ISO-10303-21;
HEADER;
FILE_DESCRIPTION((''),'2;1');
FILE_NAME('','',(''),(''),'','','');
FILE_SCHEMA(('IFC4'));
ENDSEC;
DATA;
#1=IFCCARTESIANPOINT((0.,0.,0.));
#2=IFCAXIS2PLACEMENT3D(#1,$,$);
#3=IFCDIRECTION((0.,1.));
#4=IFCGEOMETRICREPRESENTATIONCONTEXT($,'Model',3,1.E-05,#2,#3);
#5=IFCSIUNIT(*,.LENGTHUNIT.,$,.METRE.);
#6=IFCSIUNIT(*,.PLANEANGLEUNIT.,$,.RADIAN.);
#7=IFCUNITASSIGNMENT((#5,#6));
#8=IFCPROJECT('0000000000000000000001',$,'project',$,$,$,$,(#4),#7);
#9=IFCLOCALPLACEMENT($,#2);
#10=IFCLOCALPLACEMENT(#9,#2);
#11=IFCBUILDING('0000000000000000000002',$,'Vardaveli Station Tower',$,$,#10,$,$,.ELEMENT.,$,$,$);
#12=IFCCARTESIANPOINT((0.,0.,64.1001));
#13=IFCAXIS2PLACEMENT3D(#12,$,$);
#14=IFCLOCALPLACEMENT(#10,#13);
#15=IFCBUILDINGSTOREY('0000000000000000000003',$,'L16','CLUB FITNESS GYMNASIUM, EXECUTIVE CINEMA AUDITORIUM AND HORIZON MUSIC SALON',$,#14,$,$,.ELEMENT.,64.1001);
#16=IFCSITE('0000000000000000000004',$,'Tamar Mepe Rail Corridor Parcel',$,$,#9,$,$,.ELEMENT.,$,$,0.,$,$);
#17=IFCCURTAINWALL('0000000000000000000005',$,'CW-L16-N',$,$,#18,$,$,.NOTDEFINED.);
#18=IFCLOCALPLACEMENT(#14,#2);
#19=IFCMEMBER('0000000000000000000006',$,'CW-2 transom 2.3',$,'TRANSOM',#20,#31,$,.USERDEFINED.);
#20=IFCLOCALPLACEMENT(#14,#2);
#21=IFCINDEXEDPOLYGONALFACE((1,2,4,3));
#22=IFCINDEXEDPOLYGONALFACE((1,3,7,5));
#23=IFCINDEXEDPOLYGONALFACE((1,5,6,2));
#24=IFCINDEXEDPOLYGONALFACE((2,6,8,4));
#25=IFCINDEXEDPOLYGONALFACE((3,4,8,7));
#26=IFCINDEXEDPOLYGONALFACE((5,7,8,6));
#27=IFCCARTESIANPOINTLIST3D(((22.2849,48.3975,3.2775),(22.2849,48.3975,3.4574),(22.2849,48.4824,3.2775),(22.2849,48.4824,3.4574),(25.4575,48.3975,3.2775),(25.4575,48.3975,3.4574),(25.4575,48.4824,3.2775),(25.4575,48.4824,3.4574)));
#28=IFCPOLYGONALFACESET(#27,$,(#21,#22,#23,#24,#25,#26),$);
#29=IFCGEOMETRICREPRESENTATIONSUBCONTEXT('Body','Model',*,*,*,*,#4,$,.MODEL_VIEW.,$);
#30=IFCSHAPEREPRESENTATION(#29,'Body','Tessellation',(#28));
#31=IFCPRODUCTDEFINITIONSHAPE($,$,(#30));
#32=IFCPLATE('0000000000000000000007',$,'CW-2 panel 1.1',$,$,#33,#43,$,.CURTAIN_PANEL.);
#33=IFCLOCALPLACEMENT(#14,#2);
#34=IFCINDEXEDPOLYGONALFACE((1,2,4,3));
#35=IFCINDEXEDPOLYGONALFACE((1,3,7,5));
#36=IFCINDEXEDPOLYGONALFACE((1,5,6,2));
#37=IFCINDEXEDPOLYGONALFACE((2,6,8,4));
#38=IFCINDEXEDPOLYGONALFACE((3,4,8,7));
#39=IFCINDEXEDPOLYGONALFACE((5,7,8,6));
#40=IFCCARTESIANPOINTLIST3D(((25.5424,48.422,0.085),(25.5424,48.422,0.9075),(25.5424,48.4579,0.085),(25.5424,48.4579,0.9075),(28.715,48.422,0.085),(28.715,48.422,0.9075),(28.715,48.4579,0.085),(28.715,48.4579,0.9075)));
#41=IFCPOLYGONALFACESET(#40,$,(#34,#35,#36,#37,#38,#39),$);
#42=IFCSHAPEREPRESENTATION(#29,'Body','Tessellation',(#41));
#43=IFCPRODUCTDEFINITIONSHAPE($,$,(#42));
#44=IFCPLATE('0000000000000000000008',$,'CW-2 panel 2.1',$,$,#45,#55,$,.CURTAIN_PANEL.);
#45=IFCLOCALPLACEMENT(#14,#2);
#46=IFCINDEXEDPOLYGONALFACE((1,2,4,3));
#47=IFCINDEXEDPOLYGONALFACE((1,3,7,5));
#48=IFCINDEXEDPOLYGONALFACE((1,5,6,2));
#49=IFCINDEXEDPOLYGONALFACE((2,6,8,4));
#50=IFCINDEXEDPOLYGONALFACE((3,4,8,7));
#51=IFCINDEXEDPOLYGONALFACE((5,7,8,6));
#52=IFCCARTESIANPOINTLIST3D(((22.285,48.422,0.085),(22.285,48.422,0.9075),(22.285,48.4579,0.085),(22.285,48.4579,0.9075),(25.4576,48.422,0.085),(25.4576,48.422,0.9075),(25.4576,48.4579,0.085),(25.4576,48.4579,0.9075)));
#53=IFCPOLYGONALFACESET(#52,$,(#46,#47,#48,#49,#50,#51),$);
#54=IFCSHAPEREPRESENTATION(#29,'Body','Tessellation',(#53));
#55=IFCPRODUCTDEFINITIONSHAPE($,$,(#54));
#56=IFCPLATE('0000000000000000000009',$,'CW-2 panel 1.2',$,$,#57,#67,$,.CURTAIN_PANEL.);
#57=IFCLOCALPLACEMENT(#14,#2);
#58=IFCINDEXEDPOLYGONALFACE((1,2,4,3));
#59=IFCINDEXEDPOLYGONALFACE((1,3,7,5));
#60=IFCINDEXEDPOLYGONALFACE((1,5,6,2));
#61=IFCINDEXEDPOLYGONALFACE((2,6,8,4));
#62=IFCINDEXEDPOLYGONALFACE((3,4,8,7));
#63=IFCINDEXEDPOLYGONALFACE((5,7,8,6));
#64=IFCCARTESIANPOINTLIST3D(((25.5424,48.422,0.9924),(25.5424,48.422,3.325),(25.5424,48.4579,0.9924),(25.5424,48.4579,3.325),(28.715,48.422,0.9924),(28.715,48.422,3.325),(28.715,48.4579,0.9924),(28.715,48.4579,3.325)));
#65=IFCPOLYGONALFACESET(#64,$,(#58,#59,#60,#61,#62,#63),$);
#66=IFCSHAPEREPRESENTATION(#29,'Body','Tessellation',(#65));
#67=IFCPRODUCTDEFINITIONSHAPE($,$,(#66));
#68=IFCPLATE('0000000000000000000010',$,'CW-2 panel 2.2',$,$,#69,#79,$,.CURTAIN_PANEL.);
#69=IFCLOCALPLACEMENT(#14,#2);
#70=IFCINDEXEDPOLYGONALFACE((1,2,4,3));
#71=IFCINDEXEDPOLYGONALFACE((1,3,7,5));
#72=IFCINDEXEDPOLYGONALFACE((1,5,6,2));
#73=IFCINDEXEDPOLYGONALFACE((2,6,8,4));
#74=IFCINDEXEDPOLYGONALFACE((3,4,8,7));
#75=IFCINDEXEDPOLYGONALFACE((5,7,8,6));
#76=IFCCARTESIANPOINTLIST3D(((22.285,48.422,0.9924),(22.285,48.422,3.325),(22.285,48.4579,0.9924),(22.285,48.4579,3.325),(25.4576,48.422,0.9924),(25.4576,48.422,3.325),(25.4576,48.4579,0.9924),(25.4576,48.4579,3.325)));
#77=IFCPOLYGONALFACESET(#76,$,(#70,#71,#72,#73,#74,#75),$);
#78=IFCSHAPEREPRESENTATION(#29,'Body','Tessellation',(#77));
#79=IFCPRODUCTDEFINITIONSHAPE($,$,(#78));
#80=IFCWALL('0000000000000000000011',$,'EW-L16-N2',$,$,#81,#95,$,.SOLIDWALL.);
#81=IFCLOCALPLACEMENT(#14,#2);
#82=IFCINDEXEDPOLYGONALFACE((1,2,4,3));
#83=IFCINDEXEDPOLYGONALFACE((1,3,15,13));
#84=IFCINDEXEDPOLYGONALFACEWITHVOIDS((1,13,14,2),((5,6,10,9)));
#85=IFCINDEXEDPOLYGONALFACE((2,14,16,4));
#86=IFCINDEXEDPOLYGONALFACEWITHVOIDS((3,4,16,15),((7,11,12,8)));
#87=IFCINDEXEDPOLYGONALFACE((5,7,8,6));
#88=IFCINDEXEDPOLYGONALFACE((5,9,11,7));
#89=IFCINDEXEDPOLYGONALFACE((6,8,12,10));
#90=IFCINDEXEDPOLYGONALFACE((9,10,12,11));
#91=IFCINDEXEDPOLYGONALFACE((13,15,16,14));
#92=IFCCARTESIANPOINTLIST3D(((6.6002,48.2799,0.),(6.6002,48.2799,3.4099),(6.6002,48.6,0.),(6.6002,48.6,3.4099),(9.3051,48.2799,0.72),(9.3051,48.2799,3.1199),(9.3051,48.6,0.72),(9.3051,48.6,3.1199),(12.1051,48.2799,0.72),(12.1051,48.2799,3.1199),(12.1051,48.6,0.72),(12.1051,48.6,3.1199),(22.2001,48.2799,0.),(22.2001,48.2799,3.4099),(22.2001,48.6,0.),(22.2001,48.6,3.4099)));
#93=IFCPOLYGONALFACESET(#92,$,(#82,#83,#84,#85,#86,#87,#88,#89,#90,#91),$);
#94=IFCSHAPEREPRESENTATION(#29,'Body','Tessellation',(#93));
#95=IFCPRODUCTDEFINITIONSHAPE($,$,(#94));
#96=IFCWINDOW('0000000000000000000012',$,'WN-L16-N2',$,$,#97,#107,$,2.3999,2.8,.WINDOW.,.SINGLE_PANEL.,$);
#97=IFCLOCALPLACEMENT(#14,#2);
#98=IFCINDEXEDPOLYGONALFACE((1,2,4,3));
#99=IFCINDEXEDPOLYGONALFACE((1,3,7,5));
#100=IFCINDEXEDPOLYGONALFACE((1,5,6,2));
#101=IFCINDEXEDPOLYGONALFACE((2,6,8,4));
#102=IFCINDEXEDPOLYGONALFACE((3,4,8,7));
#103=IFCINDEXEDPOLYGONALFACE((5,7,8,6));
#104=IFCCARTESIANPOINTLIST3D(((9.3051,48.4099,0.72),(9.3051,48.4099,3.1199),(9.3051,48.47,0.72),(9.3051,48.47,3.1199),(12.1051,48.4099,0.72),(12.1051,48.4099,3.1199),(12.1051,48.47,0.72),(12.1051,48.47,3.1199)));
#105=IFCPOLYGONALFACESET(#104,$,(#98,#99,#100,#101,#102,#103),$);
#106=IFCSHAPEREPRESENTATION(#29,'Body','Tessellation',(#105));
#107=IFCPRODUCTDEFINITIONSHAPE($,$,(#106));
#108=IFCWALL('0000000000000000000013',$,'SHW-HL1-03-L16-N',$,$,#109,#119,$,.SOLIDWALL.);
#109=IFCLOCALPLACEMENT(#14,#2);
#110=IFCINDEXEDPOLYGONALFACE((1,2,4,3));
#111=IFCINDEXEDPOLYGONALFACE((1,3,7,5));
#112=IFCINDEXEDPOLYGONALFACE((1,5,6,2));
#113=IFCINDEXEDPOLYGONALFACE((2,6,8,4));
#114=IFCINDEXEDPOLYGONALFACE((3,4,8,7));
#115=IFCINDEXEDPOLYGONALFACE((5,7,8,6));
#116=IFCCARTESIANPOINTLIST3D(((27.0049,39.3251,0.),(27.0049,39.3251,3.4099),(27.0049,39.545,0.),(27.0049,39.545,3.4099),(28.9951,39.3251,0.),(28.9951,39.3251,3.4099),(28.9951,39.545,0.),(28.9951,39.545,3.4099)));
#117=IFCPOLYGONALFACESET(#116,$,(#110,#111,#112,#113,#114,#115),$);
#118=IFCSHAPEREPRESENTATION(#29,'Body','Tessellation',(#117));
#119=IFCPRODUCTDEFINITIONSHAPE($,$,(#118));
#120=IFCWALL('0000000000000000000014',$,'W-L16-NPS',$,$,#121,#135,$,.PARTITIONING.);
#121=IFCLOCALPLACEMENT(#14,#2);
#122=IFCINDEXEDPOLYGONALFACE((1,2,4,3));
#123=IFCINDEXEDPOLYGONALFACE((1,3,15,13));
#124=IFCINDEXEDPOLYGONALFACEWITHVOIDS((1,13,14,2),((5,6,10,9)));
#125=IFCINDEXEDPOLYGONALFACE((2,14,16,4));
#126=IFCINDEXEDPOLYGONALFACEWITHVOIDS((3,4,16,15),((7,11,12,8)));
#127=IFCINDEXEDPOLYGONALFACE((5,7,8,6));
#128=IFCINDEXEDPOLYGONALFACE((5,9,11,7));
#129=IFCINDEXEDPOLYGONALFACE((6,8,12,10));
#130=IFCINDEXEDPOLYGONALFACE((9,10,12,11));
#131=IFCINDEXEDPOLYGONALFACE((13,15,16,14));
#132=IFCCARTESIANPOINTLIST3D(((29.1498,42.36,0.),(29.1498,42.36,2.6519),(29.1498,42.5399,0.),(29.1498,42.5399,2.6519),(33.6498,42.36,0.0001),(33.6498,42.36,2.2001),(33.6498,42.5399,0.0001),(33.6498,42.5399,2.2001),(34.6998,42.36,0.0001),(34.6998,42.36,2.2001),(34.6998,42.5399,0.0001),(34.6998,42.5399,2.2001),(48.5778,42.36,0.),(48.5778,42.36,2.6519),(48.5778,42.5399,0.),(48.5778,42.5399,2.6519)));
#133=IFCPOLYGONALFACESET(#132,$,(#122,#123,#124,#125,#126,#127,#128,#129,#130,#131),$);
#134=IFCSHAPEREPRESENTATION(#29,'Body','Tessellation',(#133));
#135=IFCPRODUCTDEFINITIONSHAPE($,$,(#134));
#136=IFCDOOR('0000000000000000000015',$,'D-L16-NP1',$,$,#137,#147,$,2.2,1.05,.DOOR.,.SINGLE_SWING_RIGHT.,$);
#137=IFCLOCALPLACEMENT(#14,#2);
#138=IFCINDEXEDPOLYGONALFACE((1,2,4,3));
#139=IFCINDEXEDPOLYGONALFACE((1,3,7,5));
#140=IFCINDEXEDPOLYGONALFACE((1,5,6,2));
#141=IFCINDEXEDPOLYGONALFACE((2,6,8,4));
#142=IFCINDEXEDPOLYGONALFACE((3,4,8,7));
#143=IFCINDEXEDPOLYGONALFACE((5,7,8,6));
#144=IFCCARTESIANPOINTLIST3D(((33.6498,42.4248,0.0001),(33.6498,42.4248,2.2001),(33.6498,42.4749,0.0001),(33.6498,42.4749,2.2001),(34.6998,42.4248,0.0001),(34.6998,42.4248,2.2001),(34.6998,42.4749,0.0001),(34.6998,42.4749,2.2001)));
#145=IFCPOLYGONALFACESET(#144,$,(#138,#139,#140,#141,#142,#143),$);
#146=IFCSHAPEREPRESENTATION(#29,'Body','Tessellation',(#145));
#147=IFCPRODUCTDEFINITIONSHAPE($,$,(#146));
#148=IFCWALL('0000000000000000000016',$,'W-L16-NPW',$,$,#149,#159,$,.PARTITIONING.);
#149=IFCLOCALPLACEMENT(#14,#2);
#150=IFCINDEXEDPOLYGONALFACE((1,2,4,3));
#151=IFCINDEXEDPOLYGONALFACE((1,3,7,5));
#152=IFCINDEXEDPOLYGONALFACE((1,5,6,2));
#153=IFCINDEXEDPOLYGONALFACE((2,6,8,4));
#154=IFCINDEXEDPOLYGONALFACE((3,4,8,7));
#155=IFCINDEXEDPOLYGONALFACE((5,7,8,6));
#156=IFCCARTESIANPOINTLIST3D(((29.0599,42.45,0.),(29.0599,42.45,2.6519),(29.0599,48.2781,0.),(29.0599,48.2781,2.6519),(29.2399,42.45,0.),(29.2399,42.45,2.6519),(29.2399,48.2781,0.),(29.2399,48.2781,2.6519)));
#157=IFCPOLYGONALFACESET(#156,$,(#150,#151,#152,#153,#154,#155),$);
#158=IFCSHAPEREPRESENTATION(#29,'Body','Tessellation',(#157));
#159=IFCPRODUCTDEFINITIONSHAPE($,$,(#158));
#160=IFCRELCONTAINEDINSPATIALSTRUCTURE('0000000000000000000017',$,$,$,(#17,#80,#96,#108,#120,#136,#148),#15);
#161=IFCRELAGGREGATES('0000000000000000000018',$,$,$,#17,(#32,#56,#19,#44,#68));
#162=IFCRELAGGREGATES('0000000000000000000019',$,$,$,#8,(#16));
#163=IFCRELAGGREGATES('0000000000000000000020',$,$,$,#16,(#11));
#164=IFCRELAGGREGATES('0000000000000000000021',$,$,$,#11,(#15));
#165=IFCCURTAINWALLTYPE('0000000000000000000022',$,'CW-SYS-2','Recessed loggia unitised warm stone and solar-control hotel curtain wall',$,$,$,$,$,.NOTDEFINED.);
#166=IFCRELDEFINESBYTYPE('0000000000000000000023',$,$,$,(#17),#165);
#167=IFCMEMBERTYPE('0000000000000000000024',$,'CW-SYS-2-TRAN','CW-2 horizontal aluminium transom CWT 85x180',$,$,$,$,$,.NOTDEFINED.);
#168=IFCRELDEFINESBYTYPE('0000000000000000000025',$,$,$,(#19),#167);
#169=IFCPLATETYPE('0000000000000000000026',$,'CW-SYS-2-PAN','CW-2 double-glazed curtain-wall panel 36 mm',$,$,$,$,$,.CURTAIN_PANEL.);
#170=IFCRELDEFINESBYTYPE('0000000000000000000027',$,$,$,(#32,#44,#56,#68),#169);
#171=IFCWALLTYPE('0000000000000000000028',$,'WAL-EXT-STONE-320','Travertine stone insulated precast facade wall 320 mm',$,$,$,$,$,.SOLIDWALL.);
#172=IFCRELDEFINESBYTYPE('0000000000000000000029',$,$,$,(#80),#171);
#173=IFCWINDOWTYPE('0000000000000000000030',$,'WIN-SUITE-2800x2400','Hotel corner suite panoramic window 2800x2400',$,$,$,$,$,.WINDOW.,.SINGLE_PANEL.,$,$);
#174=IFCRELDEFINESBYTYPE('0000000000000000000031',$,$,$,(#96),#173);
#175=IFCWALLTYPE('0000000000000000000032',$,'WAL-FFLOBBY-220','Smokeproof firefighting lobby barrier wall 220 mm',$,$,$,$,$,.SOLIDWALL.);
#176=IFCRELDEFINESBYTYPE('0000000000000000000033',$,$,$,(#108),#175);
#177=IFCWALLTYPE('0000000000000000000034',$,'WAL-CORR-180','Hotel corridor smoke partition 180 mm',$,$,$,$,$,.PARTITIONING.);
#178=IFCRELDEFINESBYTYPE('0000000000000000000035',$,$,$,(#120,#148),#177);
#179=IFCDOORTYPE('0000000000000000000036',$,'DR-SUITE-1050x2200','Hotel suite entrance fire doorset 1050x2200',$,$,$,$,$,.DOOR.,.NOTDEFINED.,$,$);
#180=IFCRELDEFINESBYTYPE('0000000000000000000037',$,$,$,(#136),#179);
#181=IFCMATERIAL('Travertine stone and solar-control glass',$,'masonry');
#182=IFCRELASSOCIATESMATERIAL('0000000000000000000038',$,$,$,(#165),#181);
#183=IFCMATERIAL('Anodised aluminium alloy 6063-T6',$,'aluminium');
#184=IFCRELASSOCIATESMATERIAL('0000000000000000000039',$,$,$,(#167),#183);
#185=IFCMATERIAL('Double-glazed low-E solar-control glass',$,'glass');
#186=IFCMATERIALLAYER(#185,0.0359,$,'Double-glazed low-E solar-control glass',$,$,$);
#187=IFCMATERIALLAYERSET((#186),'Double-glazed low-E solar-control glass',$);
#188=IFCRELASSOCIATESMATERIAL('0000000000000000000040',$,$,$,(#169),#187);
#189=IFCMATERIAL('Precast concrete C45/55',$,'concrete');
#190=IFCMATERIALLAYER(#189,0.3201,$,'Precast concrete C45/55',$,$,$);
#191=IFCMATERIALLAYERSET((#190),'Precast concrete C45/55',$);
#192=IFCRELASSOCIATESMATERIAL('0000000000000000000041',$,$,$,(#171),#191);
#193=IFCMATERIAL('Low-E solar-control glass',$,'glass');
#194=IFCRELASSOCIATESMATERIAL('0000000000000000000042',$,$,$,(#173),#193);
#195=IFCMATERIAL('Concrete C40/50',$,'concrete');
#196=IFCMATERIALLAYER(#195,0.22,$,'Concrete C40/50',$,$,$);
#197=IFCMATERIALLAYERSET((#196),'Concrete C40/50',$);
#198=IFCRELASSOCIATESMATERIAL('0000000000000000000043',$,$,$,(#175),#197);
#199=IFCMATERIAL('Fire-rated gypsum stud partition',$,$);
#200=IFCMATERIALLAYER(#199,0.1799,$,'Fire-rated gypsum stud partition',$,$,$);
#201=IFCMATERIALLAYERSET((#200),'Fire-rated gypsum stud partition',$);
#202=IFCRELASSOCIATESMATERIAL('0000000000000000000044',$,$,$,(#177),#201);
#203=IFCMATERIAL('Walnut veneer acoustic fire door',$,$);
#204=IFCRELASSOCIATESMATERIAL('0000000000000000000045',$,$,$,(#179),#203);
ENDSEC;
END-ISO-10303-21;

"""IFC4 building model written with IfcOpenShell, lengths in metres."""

from ifc_helpers import new_model, si_unit, direction, frame, frame_2d, origin, origin_2d, place, context, subcontext, project, spatial, rectangle, extrude, source, transform, mapped, material, layer, layer_set, material_profile, profile_set, type_object, element, fill, aggregate, save


model = new_model("IFC4")

# Units and contexts
model_context = context("Model", 3, precision=1e-05, world=origin(), true_north=direction((0.0, 1.0)))
body_context = subcontext(model_context, "Body", "Model", "MODEL_VIEW")
ifc_project = project(units=[si_unit("LENGTHUNIT", "METRE"), si_unit("PLANEANGLEUNIT", "RADIAN")], contexts=[model_context])

# Site, building, storey
site_placement = place(None, origin())
site = spatial("IfcSite", under=ifc_project, at=site_placement, Name="Tamar Mepe Rail Corridor Parcel", CompositionType="ELEMENT", RefElevation=0.0)
building_placement = place(site_placement, origin())
building = spatial("IfcBuilding", under=site, at=building_placement, Name="Vardaveli Station Tower", CompositionType="ELEMENT")
storey_placement = place(building_placement, frame((0.0, 0.0, 64.1001)))
storey = spatial("IfcBuildingStorey", under=building, at=storey_placement, Name="L16", Description="CLUB FITNESS GYMNASIUM, EXECUTIVE CINEMA AUDITORIUM AND HORIZON MUSIC SALON", CompositionType="ELEMENT", Elevation=64.1001)

# Shared definitions
ifc_material_1 = material(Name="Precast concrete C45/55", Category="concrete")

# Curtain wall, member, plates
ifc_material_2 = material(Name="Travertine stone and solar-control glass", Category="masonry")
curtain_wall_type = type_object("IfcCurtainWallType", Name="CW-SYS-2", Description="Recessed loggia unitised warm stone and solar-control hotel curtain wall", PredefinedType="NOTDEFINED", material=ifc_material_2)
curtain_wall_placement = place(storey_placement, origin())
curtain_wall = element("IfcCurtainWall", 1, at=curtain_wall_placement, inside=storey, type_object=curtain_wall_type, Name="CW-L16-N", PredefinedType="NOTDEFINED")
ifc_material_3 = material(Name="Anodised aluminium alloy 6063-T6", Category="aluminium")
ifc_material_profile_1 = material_profile(ifc_material_3, rectangle(XDim=0.085, YDim=0.1799, at=origin_2d()), Name="CWT 85x180")
ifc_profile_set_1 = profile_set([ifc_material_profile_1], Name="Anodised aluminium alloy 6063-T6")
member_type_1 = type_object("IfcMemberType", Name="CW-SYS-2-TRAN", Description="CW-2 horizontal aluminium transom CWT 85x180", PredefinedType="NOTDEFINED", material=ifc_profile_set_1)
shared_shape_1 = source(origin(), body_context, "Body", "SweptSolid", [
    extrude(rectangle(XDim=0.085, YDim=0.1799, at=origin_2d()), origin(), (0.0, 0.0, 1.0), 3.1726),
])
member_1_placement = place(storey_placement, frame((25.4575, 48.4399, 3.3674), z_axis=(-1.0, 0.0, 0.0), x_axis=(0.0, -1.0, 0.0)))
member_1 = element("IfcMember", 2, at=member_1_placement, type_object=member_type_1, Name="CW-2 transom 2.3", ObjectType="TRANSOM", PredefinedType="USERDEFINED", context=body_context, shape_type="MappedRepresentation", body=[
    mapped(shared_shape_1, transform((0.0, 0.0, 0.0), scale=1.0)),
])
ifc_material_4 = material(Name="Double-glazed low-E solar-control glass", Category="glass")
ifc_layer_1 = layer(ifc_material_4, 0.0359, Name="Double-glazed low-E solar-control glass")
ifc_layer_set_1 = layer_set([ifc_layer_1], Name="Double-glazed low-E solar-control glass")
plate_type = type_object("IfcPlateType", Name="CW-SYS-2-PAN", Description="CW-2 double-glazed curtain-wall panel 36 mm", PredefinedType="CURTAIN_PANEL", material=ifc_layer_set_1)
shared_shape_2 = source(origin(), body_context, "Body", "SweptSolid", [
    extrude(rectangle(XDim=3.1726, YDim=0.0359, at=origin_2d()), origin(), (0.0, 0.0, 1.0), 0.8225),
])
plate_1_placement = place(storey_placement, frame((27.1287, 48.4399, 0.085), z_axis=(0.0, 0.0, 1.0), x_axis=(-1.0, 0.0, 0.0)))
plate_1 = element("IfcPlate", 3, at=plate_1_placement, type_object=plate_type, Name="CW-2 panel 1.1", PredefinedType="CURTAIN_PANEL", context=body_context, shape_type="MappedRepresentation", body=[
    mapped(shared_shape_2, transform((0.0, 0.0, 0.0), scale=1.0)),
])
plate_2_placement = place(storey_placement, frame((23.8713, 48.4399, 0.085), z_axis=(0.0, 0.0, 1.0), x_axis=(-1.0, 0.0, 0.0)))
plate_2 = element("IfcPlate", 4, at=plate_2_placement, type_object=plate_type, Name="CW-2 panel 2.1", PredefinedType="CURTAIN_PANEL", context=body_context, shape_type="MappedRepresentation", body=[
    mapped(shared_shape_2, transform((0.0, 0.0, 0.0), scale=1.0)),
])
shared_shape_3 = source(origin(), body_context, "Body", "SweptSolid", [
    extrude(rectangle(XDim=3.1726, YDim=0.0359, at=origin_2d()), origin(), (0.0, 0.0, 1.0), 2.3325),
])
plate_3_placement = place(storey_placement, frame((27.1287, 48.4399, 0.9924), z_axis=(0.0, 0.0, 1.0), x_axis=(-1.0, 0.0, 0.0)))
plate_3 = element("IfcPlate", 5, at=plate_3_placement, type_object=plate_type, Name="CW-2 panel 1.2", PredefinedType="CURTAIN_PANEL", context=body_context, shape_type="MappedRepresentation", body=[
    mapped(shared_shape_3, transform((0.0, 0.0, 0.0), scale=1.0)),
])
plate_4_placement = place(storey_placement, frame((23.8713, 48.4399, 0.9924), z_axis=(0.0, 0.0, 1.0), x_axis=(-1.0, 0.0, 0.0)))
plate_4 = element("IfcPlate", 6, at=plate_4_placement, type_object=plate_type, Name="CW-2 panel 2.2", PredefinedType="CURTAIN_PANEL", context=body_context, shape_type="MappedRepresentation", body=[
    mapped(shared_shape_3, transform((0.0, 0.0, 0.0), scale=1.0)),
])
aggregate(curtain_wall, [plate_1, plate_3, member_1, plate_2, plate_4])

# Wall, opening, window
ifc_layer_2 = layer(ifc_material_1, 0.3201, Name="Precast concrete C45/55")
ifc_layer_set_2 = layer_set([ifc_layer_2], Name="Precast concrete C45/55")
wall_type_1 = type_object("IfcWallType", Name="WAL-EXT-STONE-320", Description="Travertine stone insulated precast facade wall 320 mm", PredefinedType="SOLIDWALL", material=ifc_layer_set_2)
shared_shape_4 = source(origin(), body_context, "Body", "SweptSolid", [
    extrude(rectangle(XDim=15.5999, YDim=0.3201, at=frame_2d((7.7998, 0.0))), origin(), (0.0, 0.0, 1.0), 3.4099),
])
wall_1_placement = place(storey_placement, frame((22.2, 48.4399, 0.0), z_axis=(0.0, 0.0, 1.0), x_axis=(-1.0, 0.0, 0.0)))
wall_1 = element("IfcWall", 7, at=wall_1_placement, inside=storey, type_object=wall_type_1, Name="EW-L16-N2", PredefinedType="SOLIDWALL", context=body_context, shape_type="MappedRepresentation", body=[
    mapped(shared_shape_4, transform((0.0, 0.0, 0.0), scale=1.0)),
])
shared_shape_5 = source(origin(), body_context, "Body", "SweptSolid", [
    extrude(rectangle(XDim=2.8, YDim=2.3999, at=frame_2d((1.3999, 1.2))), frame((0.0, 0.1699, 0.0), z_axis=(0.0, -1.0, 0.0), x_axis=(1.0, 0.0, 0.0)), (0.0, 0.0, 1.0), 0.3401),
])
opening_1_placement = place(wall_1_placement, frame((10.095, 0.0, 0.72)))
opening_1 = element("IfcOpeningElement", 8, at=opening_1_placement, cuts=wall_1, PredefinedType="OPENING", context=body_context, shape_type="MappedRepresentation", body=[
    mapped(shared_shape_5, transform((0.0, 0.0, 0.0), scale=1.0)),
])
ifc_material_5 = material(Name="Low-E solar-control glass", Category="glass")
window_type = type_object("IfcWindowType", Name="WIN-SUITE-2800x2400", Description="Hotel corner suite panoramic window 2800x2400", PartitioningType="SINGLE_PANEL", PredefinedType="WINDOW", material=ifc_material_5)
shared_shape_6 = source(origin(), body_context, "Body", "SweptSolid", [
    extrude(rectangle(XDim=2.8, YDim=2.3999, at=frame_2d((1.3999, 1.2))), frame((0.0, 0.03, 0.0), z_axis=(0.0, -1.0, 0.0), x_axis=(1.0, 0.0, 0.0)), (0.0, 0.0, 1.0), 0.0601),
])
window_placement = place(opening_1_placement, origin())
window = element("IfcWindow", 9, at=window_placement, inside=storey, type_object=window_type, Name="WN-L16-N2", OverallHeight=2.3999, OverallWidth=2.8, PartitioningType="SINGLE_PANEL", PredefinedType="WINDOW", context=body_context, shape_type="MappedRepresentation", body=[
    mapped(shared_shape_6, transform((0.0, 0.0, 0.0), scale=1.0)),
])
fill(opening_1, window)

# Wall
ifc_material_6 = material(Name="Concrete C40/50", Category="concrete")
ifc_layer_3 = layer(ifc_material_6, 0.22, Name="Concrete C40/50")
ifc_layer_set_3 = layer_set([ifc_layer_3], Name="Concrete C40/50")
wall_type_2 = type_object("IfcWallType", Name="WAL-FFLOBBY-220", Description="Smokeproof firefighting lobby barrier wall 220 mm", PredefinedType="SOLIDWALL", material=ifc_layer_set_3)
shared_shape_7 = source(origin(), body_context, "Body", "SweptSolid", [
    extrude(rectangle(XDim=1.9902, YDim=0.22, at=frame_2d((0.9951, 0.0))), origin(), (0.0, 0.0, 1.0), 3.4099),
])
wall_2_placement = place(storey_placement, frame((27.0049, 39.4351, 0.0), z_axis=(0.0, 0.0, 1.0), x_axis=(1.0, 0.0, 0.0)))
element("IfcWall", 10, at=wall_2_placement, inside=storey, type_object=wall_type_2, Name="SHW-HL1-03-L16-N", PredefinedType="SOLIDWALL", context=body_context, shape_type="MappedRepresentation", body=[
    mapped(shared_shape_7, transform((0.0, 0.0, 0.0), scale=1.0)),
])

# Wall, opening, door
ifc_material_7 = material(Name="Fire-rated gypsum stud partition")
ifc_layer_4 = layer(ifc_material_7, 0.1799, Name="Fire-rated gypsum stud partition")
ifc_layer_set_4 = layer_set([ifc_layer_4], Name="Fire-rated gypsum stud partition")
wall_type_3 = type_object("IfcWallType", Name="WAL-CORR-180", Description="Hotel corridor smoke partition 180 mm", PredefinedType="PARTITIONING", material=ifc_layer_set_4)
shared_shape_8 = source(origin(), body_context, "Body", "SweptSolid", [
    extrude(rectangle(XDim=19.428, YDim=0.1799, at=frame_2d((9.7139, 0.0))), origin(), (0.0, 0.0, 1.0), 2.6519),
])
wall_3_placement = place(storey_placement, frame((29.1499, 42.45, 0.0), z_axis=(0.0, 0.0, 1.0), x_axis=(1.0, 0.0, 0.0)))
wall_3 = element("IfcWall", 11, at=wall_3_placement, inside=storey, type_object=wall_type_3, Name="W-L16-NPS", PredefinedType="PARTITIONING", context=body_context, shape_type="MappedRepresentation", body=[
    mapped(shared_shape_8, transform((0.0, 0.0, 0.0), scale=1.0)),
])
shared_shape_9 = source(origin(), body_context, "Body", "SweptSolid", [
    extrude(rectangle(XDim=1.05, YDim=2.2, at=frame_2d((0.5249, 1.1001))), frame((0.0, 0.1001, 0.0), z_axis=(0.0, -1.0, 0.0), x_axis=(1.0, 0.0, 0.0)), (0.0, 0.0, 1.0), 0.2),
])
opening_2_placement = place(wall_3_placement, frame((4.5, 0.0, 0.0)))
opening_2 = element("IfcOpeningElement", 12, at=opening_2_placement, cuts=wall_3, PredefinedType="OPENING", context=body_context, shape_type="MappedRepresentation", body=[
    mapped(shared_shape_9, transform((0.0, 0.0, 0.0), scale=1.0)),
])
ifc_material_8 = material(Name="Walnut veneer acoustic fire door")
door_type = type_object("IfcDoorType", Name="DR-SUITE-1050x2200", Description="Hotel suite entrance fire doorset 1050x2200", OperationType="NOTDEFINED", PredefinedType="DOOR", material=ifc_material_8)
shared_shape_10 = source(origin(), body_context, "Body", "SweptSolid", [
    extrude(rectangle(XDim=1.05, YDim=2.2, at=frame_2d((0.5249, 1.1001))), frame((0.0, 0.0249, 0.0), z_axis=(0.0, -1.0, 0.0), x_axis=(1.0, 0.0, 0.0)), (0.0, 0.0, 1.0), 0.05),
])
door_placement = place(opening_2_placement, origin())
door = element("IfcDoor", 13, at=door_placement, inside=storey, type_object=door_type, Name="D-L16-NP1", OperationType="SINGLE_SWING_RIGHT", OverallHeight=2.2, OverallWidth=1.05, PredefinedType="DOOR", context=body_context, shape_type="MappedRepresentation", body=[
    mapped(shared_shape_10, transform((0.0, 0.0, 0.0), scale=1.0)),
])
fill(opening_2, door)

# Wall
shared_shape_11 = source(origin(), body_context, "Body", "SweptSolid", [
    extrude(rectangle(XDim=5.8281, YDim=0.1799, at=frame_2d((2.9141, 0.0))), origin(), (0.0, 0.0, 1.0), 2.6519),
])
wall_4_placement = place(storey_placement, frame((29.1499, 42.45, 0.0), z_axis=(0.0, 0.0, 1.0), x_axis=(0.0, 1.0, 0.0)))
element("IfcWall", 14, at=wall_4_placement, inside=storey, type_object=wall_type_3, Name="W-L16-NPW", PredefinedType="PARTITIONING", context=body_context, shape_type="MappedRepresentation", body=[
    mapped(shared_shape_11, transform((0.0, 0.0, 0.0), scale=1.0)),
])

save(model, "model.ifc")
